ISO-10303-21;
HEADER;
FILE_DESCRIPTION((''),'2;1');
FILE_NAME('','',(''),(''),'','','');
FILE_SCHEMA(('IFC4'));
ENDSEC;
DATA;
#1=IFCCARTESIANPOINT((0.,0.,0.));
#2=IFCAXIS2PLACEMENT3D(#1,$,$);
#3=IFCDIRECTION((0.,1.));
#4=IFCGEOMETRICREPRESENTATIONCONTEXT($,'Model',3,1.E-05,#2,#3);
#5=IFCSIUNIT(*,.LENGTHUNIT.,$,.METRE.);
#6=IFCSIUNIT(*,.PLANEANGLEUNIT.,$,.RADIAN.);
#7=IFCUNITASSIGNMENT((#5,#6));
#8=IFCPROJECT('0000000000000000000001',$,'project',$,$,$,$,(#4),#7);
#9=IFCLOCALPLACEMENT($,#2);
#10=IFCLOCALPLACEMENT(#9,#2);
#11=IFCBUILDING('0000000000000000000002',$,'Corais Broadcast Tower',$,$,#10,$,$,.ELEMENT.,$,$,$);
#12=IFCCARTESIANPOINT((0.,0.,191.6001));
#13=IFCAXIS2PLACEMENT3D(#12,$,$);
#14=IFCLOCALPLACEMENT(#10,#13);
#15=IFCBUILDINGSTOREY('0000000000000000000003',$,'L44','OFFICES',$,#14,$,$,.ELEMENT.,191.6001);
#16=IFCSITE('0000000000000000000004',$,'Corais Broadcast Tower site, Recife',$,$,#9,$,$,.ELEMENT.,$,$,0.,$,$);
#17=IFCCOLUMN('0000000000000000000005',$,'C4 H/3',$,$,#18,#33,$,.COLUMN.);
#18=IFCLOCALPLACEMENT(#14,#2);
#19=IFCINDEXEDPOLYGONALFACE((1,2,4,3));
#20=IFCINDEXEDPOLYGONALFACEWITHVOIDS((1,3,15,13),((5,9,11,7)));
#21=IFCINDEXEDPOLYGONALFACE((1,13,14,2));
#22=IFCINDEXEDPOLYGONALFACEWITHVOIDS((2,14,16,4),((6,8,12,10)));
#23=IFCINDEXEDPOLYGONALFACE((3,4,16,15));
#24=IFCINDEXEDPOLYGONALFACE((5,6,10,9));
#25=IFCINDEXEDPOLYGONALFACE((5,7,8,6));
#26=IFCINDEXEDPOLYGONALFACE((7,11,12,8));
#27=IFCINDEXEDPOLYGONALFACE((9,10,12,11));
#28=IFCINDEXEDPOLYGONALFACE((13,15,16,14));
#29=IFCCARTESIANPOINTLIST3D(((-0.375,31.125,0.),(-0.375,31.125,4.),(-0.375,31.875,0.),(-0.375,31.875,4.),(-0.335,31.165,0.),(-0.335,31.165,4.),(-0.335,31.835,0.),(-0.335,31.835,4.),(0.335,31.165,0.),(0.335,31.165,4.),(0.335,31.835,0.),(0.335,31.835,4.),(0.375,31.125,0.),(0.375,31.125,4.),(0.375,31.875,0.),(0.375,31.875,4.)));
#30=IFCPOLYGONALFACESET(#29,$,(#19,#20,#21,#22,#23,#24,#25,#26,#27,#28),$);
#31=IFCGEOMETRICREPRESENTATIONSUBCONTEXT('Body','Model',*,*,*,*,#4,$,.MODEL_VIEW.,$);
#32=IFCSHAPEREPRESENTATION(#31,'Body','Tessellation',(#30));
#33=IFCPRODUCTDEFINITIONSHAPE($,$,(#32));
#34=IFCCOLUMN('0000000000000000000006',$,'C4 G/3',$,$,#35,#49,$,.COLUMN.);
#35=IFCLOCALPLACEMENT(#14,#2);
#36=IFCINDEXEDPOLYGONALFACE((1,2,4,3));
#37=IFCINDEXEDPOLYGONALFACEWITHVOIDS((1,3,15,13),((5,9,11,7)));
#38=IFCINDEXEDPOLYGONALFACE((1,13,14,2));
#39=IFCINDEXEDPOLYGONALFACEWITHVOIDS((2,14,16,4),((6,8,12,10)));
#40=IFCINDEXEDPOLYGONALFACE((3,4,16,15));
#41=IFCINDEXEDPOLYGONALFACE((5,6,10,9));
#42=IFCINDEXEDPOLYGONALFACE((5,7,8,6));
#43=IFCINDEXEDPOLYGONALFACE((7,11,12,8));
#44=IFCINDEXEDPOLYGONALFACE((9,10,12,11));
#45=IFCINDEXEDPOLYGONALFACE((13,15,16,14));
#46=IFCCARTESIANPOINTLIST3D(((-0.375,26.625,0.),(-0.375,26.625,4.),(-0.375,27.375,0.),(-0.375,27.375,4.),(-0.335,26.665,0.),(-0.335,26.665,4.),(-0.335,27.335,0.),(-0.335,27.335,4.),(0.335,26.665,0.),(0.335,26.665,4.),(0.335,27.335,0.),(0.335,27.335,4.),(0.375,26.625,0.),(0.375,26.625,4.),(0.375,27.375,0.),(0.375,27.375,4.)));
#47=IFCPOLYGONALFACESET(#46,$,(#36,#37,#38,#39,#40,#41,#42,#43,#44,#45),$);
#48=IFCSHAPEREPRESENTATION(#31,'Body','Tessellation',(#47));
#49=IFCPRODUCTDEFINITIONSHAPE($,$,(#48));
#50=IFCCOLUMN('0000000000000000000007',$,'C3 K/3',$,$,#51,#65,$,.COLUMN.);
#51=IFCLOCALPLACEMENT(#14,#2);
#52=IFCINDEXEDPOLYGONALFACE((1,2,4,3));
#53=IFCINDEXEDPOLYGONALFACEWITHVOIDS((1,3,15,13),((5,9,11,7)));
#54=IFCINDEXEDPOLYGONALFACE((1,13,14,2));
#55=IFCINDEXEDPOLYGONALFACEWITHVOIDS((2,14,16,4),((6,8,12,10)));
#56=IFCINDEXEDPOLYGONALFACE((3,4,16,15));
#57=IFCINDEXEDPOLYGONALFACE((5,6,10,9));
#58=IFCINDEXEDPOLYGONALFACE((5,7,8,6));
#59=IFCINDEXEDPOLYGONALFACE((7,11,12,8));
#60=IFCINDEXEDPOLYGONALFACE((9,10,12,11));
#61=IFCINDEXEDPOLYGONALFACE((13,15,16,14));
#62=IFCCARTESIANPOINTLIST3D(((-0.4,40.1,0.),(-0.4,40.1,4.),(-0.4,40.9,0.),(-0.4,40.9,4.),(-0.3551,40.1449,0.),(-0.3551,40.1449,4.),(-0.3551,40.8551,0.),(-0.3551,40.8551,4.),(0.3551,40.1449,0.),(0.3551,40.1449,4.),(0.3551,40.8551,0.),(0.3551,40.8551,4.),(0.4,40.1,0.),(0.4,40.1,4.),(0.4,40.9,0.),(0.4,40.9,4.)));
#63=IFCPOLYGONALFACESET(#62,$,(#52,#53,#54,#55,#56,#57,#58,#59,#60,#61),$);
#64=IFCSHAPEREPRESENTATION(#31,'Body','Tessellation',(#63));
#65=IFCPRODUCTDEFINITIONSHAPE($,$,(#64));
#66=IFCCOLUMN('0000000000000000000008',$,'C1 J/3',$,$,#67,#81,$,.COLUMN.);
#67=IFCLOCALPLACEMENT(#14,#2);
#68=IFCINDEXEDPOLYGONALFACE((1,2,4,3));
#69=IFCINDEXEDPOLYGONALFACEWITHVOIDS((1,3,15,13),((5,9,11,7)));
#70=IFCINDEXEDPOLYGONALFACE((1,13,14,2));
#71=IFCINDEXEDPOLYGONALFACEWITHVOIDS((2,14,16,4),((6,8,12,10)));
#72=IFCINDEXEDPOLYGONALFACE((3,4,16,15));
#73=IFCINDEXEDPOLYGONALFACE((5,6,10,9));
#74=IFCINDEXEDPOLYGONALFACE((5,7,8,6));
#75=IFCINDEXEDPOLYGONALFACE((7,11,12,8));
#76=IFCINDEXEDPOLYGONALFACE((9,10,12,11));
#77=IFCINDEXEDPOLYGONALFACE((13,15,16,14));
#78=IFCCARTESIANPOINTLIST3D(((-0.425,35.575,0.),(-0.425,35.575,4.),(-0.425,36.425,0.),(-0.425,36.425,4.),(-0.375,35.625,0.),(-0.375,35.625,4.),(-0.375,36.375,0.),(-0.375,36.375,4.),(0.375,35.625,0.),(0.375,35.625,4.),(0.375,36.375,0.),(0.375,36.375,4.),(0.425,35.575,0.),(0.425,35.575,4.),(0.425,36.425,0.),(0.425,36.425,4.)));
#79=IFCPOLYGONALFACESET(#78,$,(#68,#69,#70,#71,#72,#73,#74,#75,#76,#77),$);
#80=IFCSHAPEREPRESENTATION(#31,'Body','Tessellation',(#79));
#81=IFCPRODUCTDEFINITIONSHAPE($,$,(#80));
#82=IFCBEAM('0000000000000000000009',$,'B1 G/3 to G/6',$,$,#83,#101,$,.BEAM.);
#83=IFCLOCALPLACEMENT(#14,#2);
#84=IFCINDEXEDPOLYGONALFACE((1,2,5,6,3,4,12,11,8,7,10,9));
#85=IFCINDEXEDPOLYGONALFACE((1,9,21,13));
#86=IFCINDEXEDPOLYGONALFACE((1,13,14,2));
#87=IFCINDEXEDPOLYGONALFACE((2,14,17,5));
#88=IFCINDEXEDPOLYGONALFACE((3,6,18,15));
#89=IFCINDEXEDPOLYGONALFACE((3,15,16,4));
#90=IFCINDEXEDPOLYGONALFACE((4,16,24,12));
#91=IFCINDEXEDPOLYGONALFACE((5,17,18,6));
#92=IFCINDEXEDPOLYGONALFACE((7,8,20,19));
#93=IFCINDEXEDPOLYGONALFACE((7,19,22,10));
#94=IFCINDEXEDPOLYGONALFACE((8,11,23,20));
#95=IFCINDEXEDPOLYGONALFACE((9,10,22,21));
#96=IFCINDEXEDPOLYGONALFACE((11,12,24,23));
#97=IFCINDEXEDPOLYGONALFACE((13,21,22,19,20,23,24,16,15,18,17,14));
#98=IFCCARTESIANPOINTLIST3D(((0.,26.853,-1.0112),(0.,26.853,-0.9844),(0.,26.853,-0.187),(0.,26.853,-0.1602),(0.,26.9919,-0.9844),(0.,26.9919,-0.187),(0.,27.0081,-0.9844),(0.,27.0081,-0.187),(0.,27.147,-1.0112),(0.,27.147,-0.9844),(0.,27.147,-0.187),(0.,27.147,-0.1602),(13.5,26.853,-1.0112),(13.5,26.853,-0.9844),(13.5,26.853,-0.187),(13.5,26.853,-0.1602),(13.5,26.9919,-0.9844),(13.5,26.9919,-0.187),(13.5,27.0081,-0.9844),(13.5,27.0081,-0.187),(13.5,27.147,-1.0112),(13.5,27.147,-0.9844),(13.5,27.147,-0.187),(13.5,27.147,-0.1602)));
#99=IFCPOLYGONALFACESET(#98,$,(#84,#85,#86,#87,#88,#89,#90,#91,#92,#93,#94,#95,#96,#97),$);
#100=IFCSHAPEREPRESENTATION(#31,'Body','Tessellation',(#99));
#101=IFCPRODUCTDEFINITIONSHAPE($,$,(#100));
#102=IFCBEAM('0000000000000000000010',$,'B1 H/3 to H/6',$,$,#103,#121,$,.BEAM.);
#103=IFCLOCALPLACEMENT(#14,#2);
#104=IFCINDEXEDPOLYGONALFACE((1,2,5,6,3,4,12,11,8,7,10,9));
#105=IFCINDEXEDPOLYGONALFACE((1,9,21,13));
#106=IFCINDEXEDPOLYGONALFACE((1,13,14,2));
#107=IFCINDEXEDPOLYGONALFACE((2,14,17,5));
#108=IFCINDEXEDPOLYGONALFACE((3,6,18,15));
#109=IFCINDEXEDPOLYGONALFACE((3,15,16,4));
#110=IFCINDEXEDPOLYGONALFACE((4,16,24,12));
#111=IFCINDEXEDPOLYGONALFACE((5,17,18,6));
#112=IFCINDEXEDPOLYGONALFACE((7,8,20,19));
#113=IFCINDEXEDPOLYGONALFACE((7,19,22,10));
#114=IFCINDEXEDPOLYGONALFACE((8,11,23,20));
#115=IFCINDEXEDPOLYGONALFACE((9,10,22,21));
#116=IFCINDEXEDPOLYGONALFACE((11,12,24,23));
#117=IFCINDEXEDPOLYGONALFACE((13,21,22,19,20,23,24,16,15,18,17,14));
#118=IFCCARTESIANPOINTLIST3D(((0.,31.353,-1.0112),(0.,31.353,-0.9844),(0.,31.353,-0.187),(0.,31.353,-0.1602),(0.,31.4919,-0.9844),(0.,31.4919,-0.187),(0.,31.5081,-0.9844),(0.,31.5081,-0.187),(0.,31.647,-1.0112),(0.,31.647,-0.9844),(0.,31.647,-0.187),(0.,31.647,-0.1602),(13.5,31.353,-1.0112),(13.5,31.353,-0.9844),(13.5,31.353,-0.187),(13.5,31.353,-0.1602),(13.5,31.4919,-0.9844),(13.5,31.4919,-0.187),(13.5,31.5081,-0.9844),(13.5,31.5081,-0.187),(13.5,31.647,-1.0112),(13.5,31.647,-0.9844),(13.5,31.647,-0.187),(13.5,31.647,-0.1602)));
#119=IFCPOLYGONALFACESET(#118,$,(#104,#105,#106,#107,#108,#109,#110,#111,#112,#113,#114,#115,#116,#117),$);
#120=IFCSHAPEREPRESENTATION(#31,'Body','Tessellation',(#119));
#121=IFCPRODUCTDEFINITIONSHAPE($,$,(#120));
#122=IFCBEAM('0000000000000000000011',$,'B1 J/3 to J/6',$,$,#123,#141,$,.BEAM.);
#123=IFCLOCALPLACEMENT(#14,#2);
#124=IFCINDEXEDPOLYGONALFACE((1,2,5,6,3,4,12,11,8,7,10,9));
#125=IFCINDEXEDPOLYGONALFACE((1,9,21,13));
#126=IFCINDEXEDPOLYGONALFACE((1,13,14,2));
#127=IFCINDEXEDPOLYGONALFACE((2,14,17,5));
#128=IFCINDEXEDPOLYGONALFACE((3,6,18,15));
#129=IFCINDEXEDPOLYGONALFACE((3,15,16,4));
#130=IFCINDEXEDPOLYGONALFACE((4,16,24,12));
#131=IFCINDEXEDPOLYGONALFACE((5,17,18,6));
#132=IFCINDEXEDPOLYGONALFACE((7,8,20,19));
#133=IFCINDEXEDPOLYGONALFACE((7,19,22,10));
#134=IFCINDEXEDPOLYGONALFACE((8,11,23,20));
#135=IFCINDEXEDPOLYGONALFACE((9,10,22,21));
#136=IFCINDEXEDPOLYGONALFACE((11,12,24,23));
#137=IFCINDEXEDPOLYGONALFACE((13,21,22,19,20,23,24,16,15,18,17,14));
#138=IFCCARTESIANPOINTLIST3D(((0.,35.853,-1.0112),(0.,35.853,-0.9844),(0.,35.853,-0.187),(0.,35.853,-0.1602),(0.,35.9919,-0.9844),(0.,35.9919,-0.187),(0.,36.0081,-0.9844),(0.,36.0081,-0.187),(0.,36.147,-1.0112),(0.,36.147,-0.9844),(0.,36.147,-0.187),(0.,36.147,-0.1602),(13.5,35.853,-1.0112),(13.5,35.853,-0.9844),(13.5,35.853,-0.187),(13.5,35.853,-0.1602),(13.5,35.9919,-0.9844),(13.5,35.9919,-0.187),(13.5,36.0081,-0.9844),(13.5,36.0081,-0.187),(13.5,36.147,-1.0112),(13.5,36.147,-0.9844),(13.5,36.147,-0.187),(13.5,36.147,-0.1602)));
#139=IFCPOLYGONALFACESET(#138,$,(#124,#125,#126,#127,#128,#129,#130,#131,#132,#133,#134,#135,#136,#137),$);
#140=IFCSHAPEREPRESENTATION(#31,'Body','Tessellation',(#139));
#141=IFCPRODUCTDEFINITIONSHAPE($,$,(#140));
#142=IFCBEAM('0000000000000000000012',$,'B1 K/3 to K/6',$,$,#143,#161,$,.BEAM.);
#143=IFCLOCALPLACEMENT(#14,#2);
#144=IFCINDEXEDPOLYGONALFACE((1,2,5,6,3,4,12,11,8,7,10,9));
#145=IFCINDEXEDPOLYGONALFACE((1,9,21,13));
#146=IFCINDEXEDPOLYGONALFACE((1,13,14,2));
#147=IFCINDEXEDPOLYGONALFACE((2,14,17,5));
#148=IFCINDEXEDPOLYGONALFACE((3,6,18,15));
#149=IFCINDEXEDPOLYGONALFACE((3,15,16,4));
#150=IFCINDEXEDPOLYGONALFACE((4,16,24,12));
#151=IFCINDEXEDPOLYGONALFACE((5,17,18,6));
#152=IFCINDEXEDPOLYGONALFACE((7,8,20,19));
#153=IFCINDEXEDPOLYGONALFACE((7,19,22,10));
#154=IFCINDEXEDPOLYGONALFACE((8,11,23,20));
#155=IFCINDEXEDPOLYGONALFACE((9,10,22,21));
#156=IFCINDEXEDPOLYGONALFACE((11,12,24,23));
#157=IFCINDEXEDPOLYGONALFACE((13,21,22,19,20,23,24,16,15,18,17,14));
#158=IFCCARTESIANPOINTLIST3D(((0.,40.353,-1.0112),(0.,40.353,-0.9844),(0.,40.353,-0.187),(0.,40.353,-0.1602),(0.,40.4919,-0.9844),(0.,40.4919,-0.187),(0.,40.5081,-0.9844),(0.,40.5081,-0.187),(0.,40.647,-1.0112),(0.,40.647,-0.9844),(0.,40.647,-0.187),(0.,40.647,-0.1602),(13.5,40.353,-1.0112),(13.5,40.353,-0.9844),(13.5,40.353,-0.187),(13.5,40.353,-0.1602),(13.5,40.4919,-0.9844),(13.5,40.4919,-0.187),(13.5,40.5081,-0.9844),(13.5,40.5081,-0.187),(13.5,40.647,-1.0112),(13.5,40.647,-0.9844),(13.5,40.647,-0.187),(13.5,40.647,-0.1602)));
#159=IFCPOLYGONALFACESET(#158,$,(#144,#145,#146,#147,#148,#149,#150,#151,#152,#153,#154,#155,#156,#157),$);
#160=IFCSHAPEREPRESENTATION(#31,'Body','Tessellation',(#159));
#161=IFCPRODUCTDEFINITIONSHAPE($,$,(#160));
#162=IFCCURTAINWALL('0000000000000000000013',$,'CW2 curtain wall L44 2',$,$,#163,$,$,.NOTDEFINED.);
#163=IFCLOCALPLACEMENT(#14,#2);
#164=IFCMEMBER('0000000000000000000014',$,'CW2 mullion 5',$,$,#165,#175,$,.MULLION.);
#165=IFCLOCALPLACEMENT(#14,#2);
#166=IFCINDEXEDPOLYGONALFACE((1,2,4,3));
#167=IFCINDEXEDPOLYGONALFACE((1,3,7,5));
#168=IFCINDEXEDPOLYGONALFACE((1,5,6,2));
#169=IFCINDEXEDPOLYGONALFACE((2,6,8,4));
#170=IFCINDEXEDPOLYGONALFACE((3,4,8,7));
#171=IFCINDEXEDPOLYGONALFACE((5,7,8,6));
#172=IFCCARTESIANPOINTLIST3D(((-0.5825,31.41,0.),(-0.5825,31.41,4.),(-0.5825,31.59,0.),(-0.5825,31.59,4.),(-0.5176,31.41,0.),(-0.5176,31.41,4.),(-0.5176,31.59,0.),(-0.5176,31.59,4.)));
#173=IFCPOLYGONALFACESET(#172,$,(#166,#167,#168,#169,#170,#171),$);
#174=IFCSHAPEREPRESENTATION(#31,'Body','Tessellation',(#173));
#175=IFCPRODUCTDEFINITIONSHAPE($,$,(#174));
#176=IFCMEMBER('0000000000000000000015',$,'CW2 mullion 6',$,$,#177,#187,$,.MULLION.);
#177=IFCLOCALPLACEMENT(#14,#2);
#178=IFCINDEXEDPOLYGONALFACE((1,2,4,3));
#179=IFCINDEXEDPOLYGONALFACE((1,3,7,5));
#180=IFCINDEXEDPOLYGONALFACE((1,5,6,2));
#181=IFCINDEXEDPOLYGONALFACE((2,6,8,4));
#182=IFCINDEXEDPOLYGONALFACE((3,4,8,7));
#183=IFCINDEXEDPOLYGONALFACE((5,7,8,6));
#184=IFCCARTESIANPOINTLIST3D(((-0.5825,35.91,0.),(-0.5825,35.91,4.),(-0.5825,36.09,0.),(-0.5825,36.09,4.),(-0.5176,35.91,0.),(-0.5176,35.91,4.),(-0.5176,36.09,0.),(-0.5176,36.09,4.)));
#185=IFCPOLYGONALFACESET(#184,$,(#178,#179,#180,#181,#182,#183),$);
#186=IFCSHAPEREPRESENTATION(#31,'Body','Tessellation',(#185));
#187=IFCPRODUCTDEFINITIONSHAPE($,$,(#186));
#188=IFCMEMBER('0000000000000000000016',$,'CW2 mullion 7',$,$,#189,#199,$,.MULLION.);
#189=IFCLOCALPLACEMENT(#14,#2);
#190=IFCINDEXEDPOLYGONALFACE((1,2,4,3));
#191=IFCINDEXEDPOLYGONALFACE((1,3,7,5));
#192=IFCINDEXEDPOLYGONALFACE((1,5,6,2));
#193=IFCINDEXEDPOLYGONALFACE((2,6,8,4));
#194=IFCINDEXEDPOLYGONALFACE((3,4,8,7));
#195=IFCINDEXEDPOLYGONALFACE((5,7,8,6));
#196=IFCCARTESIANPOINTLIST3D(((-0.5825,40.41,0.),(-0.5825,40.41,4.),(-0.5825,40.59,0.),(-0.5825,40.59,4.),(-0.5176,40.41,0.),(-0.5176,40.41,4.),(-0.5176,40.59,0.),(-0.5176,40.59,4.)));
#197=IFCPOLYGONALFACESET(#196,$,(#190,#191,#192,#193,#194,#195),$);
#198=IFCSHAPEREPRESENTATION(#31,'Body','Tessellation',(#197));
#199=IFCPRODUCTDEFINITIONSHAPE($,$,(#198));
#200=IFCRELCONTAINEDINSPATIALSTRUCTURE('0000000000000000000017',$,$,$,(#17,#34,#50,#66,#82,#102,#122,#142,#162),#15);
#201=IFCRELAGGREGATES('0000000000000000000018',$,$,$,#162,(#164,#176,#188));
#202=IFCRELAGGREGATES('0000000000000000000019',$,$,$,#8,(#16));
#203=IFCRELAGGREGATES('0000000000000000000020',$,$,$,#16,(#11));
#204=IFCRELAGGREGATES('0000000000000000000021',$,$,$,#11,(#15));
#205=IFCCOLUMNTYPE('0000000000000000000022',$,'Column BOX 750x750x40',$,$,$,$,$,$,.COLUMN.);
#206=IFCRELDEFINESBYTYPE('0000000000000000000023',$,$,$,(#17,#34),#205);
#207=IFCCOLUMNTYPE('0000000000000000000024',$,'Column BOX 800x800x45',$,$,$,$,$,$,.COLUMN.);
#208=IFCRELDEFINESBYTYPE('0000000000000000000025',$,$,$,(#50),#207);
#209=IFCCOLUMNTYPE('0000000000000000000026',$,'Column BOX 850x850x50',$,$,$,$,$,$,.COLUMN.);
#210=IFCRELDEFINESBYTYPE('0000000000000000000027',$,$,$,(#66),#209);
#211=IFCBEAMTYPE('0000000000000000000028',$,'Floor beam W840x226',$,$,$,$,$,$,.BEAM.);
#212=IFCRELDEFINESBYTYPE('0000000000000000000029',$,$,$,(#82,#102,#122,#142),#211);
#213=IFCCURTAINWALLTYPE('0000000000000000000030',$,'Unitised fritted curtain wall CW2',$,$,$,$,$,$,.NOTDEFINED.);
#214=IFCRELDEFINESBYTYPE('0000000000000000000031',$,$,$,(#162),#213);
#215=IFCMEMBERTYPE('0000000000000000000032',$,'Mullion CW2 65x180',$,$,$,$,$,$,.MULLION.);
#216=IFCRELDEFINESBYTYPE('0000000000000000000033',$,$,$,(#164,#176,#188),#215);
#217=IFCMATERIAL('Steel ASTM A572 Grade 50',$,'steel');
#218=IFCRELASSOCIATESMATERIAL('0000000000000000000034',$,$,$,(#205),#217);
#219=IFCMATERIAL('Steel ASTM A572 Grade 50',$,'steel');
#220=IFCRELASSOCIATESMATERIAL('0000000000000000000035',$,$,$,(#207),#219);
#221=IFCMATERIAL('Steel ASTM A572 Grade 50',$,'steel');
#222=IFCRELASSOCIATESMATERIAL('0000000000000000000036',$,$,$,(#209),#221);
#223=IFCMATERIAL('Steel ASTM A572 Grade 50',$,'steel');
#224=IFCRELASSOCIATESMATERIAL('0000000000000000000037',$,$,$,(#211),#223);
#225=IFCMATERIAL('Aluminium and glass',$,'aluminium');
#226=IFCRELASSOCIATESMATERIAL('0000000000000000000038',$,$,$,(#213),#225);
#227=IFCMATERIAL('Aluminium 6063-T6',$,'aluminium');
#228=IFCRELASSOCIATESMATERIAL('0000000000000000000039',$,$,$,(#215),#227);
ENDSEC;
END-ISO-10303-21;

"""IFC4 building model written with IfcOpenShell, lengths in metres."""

from ifc_helpers import new_model, si_unit, direction, frame, origin, origin_2d, place, context, subcontext, project, spatial, rectangle, hollow_rectangle, i_section, extrude, material, material_profile, profile_set, type_object, element, aggregate, save


model = new_model("IFC4")

# Units and contexts
model_context = context("Model", 3, precision=1e-05, world=origin(), true_north=direction((0.0, 1.0)))
body_context = subcontext(model_context, "Body", "Model", "MODEL_VIEW")
ifc_project = project(units=[si_unit("LENGTHUNIT", "METRE"), si_unit("PLANEANGLEUNIT", "RADIAN")], contexts=[model_context])

# Site, building, storey
site_placement = place(None, origin())
site = spatial("IfcSite", under=ifc_project, at=site_placement, Name="Corais Broadcast Tower site, Recife", CompositionType="ELEMENT", RefElevation=0.0)
building_placement = place(site_placement, origin())
building = spatial("IfcBuilding", under=site, at=building_placement, Name="Corais Broadcast Tower", CompositionType="ELEMENT")
storey_placement = place(building_placement, frame((0.0, 0.0, 191.6001)))
storey = spatial("IfcBuildingStorey", under=building, at=storey_placement, Name="L44", Description="OFFICES", CompositionType="ELEMENT", Elevation=191.6001)

# Columns
ifc_material_1 = material(Name="Steel ASTM A572 Grade 50", Category="steel")
ifc_material_profile_1 = material_profile(ifc_material_1, hollow_rectangle(XDim=0.75, YDim=0.75, WallThickness=0.04, at=origin_2d()), Name="BOX 750x750x40")
ifc_profile_set_1 = profile_set([ifc_material_profile_1], Name="Steel ASTM A572 Grade 50")
column_type_1 = type_object("IfcColumnType", Name="Column BOX 750x750x40", PredefinedType="COLUMN", material=ifc_profile_set_1)
for number, where, z_axis, x_axis, name in (
    (1, (0.0, 31.5, 0.0), (0.0, 0.0, 1.0), (1.0, 0.0, 0.0), "C4 H/3"),
    (2, (0.0, 27.0, 0.0), (0.0, 0.0, 1.0), (1.0, 0.0, 0.0), "C4 G/3"),
):
    element("IfcColumn", number, at=place(storey_placement, frame(where, z_axis=z_axis, x_axis=x_axis)), inside=storey, type_object=column_type_1, Name=name, PredefinedType="COLUMN", context=body_context, shape_type="SweptSolid", body=[
        extrude(hollow_rectangle(XDim=0.75, YDim=0.75, WallThickness=0.04, at=origin_2d()), origin(), (0.0, 0.0, 1.0), 4.0),
    ])
ifc_material_2 = material(Name="Steel ASTM A572 Grade 50", Category="steel")
ifc_material_profile_2 = material_profile(ifc_material_2, hollow_rectangle(XDim=0.8, YDim=0.8, WallThickness=0.0449, at=origin_2d()), Name="BOX 800x800x45")
ifc_profile_set_2 = profile_set([ifc_material_profile_2], Name="Steel ASTM A572 Grade 50")
column_type_2 = type_object("IfcColumnType", Name="Column BOX 800x800x45", PredefinedType="COLUMN", material=ifc_profile_set_2)
column_1_placement = place(storey_placement, frame((0.0, 40.5, 0.0), z_axis=(0.0, 0.0, 1.0), x_axis=(1.0, 0.0, 0.0)))
element("IfcColumn", 3, at=column_1_placement, inside=storey, type_object=column_type_2, Name="C3 K/3", PredefinedType="COLUMN", context=body_context, shape_type="SweptSolid", body=[
    extrude(hollow_rectangle(XDim=0.8, YDim=0.8, WallThickness=0.0449, at=origin_2d()), origin(), (0.0, 0.0, 1.0), 4.0),
])
ifc_material_3 = material(Name="Steel ASTM A572 Grade 50", Category="steel")
ifc_material_profile_3 = material_profile(ifc_material_3, hollow_rectangle(XDim=0.8501, YDim=0.8501, WallThickness=0.05, at=origin_2d()), Name="BOX 850x850x50")
ifc_profile_set_3 = profile_set([ifc_material_profile_3], Name="Steel ASTM A572 Grade 50")
column_type_3 = type_object("IfcColumnType", Name="Column BOX 850x850x50", PredefinedType="COLUMN", material=ifc_profile_set_3)
column_2_placement = place(storey_placement, frame((0.0, 36.0, 0.0), z_axis=(0.0, 0.0, 1.0), x_axis=(1.0, 0.0, 0.0)))
element("IfcColumn", 4, at=column_2_placement, inside=storey, type_object=column_type_3, Name="C1 J/3", PredefinedType="COLUMN", context=body_context, shape_type="SweptSolid", body=[
    extrude(hollow_rectangle(XDim=0.8501, YDim=0.8501, WallThickness=0.05, at=origin_2d()), origin(), (0.0, 0.0, 1.0), 4.0),
])

# Beams
ifc_material_4 = material(Name="Steel ASTM A572 Grade 50", Category="steel")
ifc_material_profile_4 = material_profile(ifc_material_4, i_section(OverallWidth=0.2939, OverallDepth=0.8511, WebThickness=0.0161, FlangeThickness=0.0269, at=origin_2d()), Name="W840x226")
ifc_profile_set_4 = profile_set([ifc_material_profile_4], Name="Steel ASTM A572 Grade 50")
beam_type_1 = type_object("IfcBeamType", Name="Floor beam W840x226", PredefinedType="BEAM", material=ifc_profile_set_4)
for number, where, z_axis, x_axis, name in (
    (5, (0.0, 27.0, -0.5857), (1.0, 0.0, 0.0), (0.0, 1.0, 0.0), "B1 G/3 to G/6"),
    (6, (0.0, 31.5, -0.5857), (1.0, 0.0, 0.0), (0.0, 1.0, 0.0), "B1 H/3 to H/6"),
    (7, (0.0, 36.0, -0.5857), (1.0, 0.0, 0.0), (0.0, 1.0, 0.0), "B1 J/3 to J/6"),
    (8, (0.0, 40.5, -0.5857), (1.0, 0.0, 0.0), (0.0, 1.0, 0.0), "B1 K/3 to K/6"),
):
    element("IfcBeam", number, at=place(storey_placement, frame(where, z_axis=z_axis, x_axis=x_axis)), inside=storey, type_object=beam_type_1, Name=name, PredefinedType="BEAM", context=body_context, shape_type="SweptSolid", body=[
        extrude(i_section(OverallWidth=0.2939, OverallDepth=0.8511, WebThickness=0.0161, FlangeThickness=0.0269, at=origin_2d()), origin(), (0.0, 0.0, 1.0), 13.5),
    ])

# Curtain wall, members
ifc_material_5 = material(Name="Aluminium and glass", Category="aluminium")
curtain_wall_type = type_object("IfcCurtainWallType", Name="Unitised fritted curtain wall CW2", PredefinedType="NOTDEFINED", material=ifc_material_5)
curtain_wall_placement = place(storey_placement, origin())
curtain_wall = element("IfcCurtainWall", 9, at=curtain_wall_placement, inside=storey, type_object=curtain_wall_type, Name="CW2 curtain wall L44 2", PredefinedType="NOTDEFINED")
ifc_material_6 = material(Name="Aluminium 6063-T6", Category="aluminium")
ifc_material_profile_5 = material_profile(ifc_material_6, rectangle(XDim=0.0649, YDim=0.1799, at=origin_2d()), Name="Mullion CW2 65x180")
ifc_profile_set_5 = profile_set([ifc_material_profile_5], Name="Aluminium 6063-T6")
member_type_1 = type_object("IfcMemberType", Name="Mullion CW2 65x180", PredefinedType="MULLION", material=ifc_profile_set_5)
member_1_placement = place(storey_placement, frame((-0.55, 31.5, 0.0), z_axis=(0.0, 0.0, 1.0), x_axis=(-1.0, 0.0, 0.0)))
member_1 = element("IfcMember", 10, at=member_1_placement, type_object=member_type_1, Name="CW2 mullion 5", PredefinedType="MULLION", context=body_context, shape_type="SweptSolid", body=[
    extrude(rectangle(XDim=0.0649, YDim=0.1799, at=origin_2d()), origin(), (0.0, 0.0, 1.0), 4.0),
])
member_2_placement = place(storey_placement, frame((-0.55, 36.0, 0.0), z_axis=(0.0, 0.0, 1.0), x_axis=(-1.0, 0.0, 0.0)))
member_2 = element("IfcMember", 11, at=member_2_placement, type_object=member_type_1, Name="CW2 mullion 6", PredefinedType="MULLION", context=body_context, shape_type="SweptSolid", body=[
    extrude(rectangle(XDim=0.0649, YDim=0.1799, at=origin_2d()), origin(), (0.0, 0.0, 1.0), 4.0),
])
member_3_placement = place(storey_placement, frame((-0.55, 40.5, 0.0), z_axis=(0.0, 0.0, 1.0), x_axis=(-1.0, 0.0, 0.0)))
member_3 = element("IfcMember", 12, at=member_3_placement, type_object=member_type_1, Name="CW2 mullion 7", PredefinedType="MULLION", context=body_context, shape_type="SweptSolid", body=[
    extrude(rectangle(XDim=0.0649, YDim=0.1799, at=origin_2d()), origin(), (0.0, 0.0, 1.0), 4.0),
])

aggregate(curtain_wall, [member_1, member_2, member_3])

save(model, "model.ifc")
